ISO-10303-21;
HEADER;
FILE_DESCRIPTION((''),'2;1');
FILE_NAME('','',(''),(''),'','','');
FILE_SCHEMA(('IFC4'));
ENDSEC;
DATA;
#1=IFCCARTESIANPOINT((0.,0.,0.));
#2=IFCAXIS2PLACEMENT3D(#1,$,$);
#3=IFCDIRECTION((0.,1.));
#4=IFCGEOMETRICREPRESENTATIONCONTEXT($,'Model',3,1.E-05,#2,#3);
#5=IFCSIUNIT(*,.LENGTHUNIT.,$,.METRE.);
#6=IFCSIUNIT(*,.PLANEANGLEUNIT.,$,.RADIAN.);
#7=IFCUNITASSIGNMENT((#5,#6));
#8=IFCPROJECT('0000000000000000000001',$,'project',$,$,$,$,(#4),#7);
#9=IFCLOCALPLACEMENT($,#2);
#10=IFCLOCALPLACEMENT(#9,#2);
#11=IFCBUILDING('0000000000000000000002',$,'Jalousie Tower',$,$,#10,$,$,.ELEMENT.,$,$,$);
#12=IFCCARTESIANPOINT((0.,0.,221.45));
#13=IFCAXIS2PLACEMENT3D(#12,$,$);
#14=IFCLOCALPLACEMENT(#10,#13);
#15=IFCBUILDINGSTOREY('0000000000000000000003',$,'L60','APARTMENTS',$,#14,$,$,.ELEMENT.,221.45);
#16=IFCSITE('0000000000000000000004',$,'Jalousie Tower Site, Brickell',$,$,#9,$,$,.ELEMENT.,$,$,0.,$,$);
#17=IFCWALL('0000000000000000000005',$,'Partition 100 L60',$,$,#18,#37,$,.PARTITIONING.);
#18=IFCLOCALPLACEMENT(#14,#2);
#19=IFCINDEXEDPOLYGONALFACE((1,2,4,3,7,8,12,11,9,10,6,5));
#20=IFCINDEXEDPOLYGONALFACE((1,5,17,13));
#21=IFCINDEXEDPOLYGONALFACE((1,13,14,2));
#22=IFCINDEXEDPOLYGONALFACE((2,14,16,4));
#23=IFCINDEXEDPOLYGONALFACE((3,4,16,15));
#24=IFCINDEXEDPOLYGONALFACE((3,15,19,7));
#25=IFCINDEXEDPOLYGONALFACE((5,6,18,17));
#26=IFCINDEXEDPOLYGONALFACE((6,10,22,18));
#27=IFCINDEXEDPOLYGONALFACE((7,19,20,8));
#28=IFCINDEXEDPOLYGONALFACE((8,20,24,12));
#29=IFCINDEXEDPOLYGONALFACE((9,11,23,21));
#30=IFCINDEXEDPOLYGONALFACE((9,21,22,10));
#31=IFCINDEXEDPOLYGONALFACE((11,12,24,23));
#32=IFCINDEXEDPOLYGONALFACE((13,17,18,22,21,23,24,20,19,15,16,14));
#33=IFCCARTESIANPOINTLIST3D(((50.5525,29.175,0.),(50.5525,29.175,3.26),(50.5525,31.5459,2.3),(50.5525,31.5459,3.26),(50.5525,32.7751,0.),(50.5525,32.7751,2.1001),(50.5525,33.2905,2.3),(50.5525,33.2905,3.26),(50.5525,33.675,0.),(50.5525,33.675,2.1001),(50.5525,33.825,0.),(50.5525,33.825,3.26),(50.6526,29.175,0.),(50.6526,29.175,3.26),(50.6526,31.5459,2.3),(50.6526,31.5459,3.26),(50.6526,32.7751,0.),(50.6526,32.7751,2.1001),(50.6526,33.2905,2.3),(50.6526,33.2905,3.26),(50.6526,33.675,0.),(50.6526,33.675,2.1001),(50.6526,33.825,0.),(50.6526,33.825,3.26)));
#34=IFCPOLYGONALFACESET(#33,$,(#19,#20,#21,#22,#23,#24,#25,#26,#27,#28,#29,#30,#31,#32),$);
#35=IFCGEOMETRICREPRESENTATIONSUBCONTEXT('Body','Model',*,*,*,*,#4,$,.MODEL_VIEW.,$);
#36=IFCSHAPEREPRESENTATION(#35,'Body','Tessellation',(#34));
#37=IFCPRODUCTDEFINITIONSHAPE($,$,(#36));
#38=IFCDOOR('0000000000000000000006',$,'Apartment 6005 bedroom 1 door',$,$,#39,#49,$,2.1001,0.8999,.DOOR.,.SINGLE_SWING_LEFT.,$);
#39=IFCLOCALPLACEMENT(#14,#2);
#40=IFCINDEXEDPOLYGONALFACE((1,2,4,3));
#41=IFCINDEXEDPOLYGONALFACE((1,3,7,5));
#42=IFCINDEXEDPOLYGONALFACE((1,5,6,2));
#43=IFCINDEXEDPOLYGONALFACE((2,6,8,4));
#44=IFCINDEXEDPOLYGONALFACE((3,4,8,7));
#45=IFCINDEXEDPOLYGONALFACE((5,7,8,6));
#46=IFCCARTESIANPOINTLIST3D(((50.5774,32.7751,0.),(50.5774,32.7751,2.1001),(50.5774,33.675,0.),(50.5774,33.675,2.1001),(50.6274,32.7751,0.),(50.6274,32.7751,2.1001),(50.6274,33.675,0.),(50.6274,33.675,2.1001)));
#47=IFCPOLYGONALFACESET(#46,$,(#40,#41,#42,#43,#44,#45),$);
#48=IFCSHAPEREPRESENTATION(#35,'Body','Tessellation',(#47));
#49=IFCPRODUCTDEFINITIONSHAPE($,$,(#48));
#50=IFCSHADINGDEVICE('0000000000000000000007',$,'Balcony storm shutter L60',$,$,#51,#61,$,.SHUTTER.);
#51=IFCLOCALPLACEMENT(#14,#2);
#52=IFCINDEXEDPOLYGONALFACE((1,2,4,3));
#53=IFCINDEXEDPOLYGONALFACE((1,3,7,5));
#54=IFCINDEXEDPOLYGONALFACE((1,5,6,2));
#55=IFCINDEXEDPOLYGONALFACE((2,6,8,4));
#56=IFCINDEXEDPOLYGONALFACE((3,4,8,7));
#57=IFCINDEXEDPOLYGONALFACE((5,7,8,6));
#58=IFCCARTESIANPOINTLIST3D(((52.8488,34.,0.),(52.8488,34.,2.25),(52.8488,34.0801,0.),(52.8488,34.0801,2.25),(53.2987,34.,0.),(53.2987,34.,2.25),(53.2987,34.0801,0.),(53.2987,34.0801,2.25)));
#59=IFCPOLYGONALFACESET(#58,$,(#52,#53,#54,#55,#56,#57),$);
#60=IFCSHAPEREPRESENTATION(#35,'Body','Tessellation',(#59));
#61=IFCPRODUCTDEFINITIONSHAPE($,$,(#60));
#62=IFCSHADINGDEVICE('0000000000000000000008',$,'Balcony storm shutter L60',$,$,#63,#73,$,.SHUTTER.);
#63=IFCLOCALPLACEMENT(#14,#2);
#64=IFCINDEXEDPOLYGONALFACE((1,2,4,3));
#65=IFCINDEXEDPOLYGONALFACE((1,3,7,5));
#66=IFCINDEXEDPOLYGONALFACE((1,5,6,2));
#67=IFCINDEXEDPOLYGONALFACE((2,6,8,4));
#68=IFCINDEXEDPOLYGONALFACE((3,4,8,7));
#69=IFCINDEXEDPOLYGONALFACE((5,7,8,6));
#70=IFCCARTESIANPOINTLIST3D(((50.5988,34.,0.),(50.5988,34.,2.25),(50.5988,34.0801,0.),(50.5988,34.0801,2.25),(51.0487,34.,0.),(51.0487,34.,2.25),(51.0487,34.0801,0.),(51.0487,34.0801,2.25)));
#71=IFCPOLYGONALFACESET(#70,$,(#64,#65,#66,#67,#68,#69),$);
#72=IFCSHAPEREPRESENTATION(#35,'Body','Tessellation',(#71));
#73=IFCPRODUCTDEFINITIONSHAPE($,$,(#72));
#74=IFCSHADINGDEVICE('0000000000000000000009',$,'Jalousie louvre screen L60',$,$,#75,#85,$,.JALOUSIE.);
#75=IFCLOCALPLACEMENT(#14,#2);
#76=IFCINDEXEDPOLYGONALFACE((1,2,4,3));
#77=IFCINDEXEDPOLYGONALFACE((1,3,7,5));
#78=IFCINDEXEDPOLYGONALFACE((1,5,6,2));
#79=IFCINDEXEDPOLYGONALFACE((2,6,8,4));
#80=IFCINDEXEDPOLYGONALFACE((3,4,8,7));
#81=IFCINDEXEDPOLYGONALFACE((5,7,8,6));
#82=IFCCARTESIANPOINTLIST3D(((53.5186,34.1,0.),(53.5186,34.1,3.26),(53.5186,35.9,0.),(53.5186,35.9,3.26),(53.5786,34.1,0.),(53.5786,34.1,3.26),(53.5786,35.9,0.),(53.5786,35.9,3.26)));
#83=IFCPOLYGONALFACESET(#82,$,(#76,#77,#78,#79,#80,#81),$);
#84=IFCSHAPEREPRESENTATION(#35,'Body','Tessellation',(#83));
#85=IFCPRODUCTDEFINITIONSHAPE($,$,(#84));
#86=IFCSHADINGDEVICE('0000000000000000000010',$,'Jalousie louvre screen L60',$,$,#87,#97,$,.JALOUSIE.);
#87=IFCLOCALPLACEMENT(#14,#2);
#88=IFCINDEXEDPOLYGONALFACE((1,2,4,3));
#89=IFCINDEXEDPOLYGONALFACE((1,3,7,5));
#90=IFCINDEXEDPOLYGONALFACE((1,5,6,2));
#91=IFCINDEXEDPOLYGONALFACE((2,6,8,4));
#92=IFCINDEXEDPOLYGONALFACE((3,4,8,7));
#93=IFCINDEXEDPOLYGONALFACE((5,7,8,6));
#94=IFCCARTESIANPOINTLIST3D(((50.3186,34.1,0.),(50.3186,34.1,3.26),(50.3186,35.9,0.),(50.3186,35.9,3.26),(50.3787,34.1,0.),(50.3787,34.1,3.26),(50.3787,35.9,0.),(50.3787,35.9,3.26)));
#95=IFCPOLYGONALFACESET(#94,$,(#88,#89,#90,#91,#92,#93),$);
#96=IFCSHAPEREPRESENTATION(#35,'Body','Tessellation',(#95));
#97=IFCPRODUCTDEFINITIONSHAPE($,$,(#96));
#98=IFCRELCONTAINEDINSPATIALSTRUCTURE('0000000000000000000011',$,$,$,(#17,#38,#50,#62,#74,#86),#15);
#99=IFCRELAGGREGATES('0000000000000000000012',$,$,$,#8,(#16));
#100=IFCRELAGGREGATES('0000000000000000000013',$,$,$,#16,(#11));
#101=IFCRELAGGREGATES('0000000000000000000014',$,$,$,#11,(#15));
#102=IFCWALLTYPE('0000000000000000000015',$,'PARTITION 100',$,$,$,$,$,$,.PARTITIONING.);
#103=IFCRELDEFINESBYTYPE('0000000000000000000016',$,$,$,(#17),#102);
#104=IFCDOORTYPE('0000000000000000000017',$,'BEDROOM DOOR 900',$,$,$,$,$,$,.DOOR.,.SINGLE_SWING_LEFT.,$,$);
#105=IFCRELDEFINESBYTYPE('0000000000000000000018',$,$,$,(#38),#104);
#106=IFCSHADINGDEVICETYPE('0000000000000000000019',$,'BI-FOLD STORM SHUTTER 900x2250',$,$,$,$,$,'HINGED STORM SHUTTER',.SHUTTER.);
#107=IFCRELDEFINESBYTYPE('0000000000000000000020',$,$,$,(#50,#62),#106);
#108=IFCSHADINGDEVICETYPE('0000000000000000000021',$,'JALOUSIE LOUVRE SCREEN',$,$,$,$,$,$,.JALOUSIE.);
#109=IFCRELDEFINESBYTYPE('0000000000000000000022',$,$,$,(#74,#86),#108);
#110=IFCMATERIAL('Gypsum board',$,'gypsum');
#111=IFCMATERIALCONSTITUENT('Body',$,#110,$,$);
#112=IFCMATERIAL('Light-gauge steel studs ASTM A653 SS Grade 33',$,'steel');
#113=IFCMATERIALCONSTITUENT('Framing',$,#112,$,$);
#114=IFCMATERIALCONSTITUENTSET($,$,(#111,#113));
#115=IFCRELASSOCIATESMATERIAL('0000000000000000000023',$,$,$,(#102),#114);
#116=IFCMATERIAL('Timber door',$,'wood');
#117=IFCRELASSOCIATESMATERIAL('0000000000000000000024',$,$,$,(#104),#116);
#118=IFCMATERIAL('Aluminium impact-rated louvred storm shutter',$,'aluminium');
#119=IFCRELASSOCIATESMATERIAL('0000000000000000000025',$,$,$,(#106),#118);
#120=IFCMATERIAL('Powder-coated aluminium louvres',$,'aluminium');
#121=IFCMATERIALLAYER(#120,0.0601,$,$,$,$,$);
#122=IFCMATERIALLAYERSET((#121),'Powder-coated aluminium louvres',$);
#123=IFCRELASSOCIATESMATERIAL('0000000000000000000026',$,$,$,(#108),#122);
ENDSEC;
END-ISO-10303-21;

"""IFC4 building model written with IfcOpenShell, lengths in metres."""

from ifc_helpers import new_model, si_unit, direction, frame, frame_2d, origin, origin_2d, place, context, subcontext, project, spatial, polyline, rectangle, outline, extrude, material, layer, layer_set, constituent, constituent_set, type_object, element, fill, save


model = new_model("IFC4")

# Units and contexts
model_context = context("Model", 3, precision=1e-05, world=origin(), true_north=direction((0.0, 1.0)))
body_context = subcontext(model_context, "Body", "Model", "MODEL_VIEW")
ifc_project = project(units=[si_unit("LENGTHUNIT", "METRE"), si_unit("PLANEANGLEUNIT", "RADIAN")], contexts=[model_context])

# Site, building, storey
site_placement = place(None, origin())
site = spatial("IfcSite", under=ifc_project, at=site_placement, Name="Jalousie Tower Site, Brickell", CompositionType="ELEMENT", RefElevation=0.0)
building_placement = place(site_placement, origin())
building = spatial("IfcBuilding", under=site, at=building_placement, Name="Jalousie Tower", CompositionType="ELEMENT")
storey_placement = place(building_placement, frame((0.0, 0.0, 221.45)))
storey = spatial("IfcBuildingStorey", under=building, at=storey_placement, Name="L60", Description="APARTMENTS", CompositionType="ELEMENT", Elevation=221.45)

# Wall, opening, door
ifc_material_1 = material(Name="Gypsum board", Category="gypsum")
ifc_constituent_1 = constituent(ifc_material_1, Name="Body")
ifc_material_2 = material(Name="Light-gauge steel studs ASTM A653 SS Grade 33", Category="steel")
ifc_constituent_2 = constituent(ifc_material_2, Name="Framing")
ifc_constituent_set_1 = constituent_set(constituents=[ifc_constituent_1, ifc_constituent_2])
wall_type_1 = type_object("IfcWallType", Name="PARTITION 100", PredefinedType="PARTITIONING", material=ifc_constituent_set_1)
wall_1_placement = place(storey_placement, frame((50.6025, 33.825, 0.0), z_axis=(0.0, 0.0, 1.0), x_axis=(0.0, -1.0, 0.0)))
wall_1 = element("IfcWall", 1, at=wall_1_placement, inside=storey, type_object=wall_type_1, Name="Partition 100 L60", PredefinedType="PARTITIONING", context=body_context, shape_type="SweptSolid", body=[
    extrude(outline(polyline([(0.0, 0.0), (4.6499, 0.0), (4.6499, 3.26), (2.2791, 3.26), (2.2791, 2.3), (0.5344, 2.3), (0.5344, 3.26), (0.0, 3.26), (0.0, 0.0)])), frame((0.0, 0.05, 0.0), z_axis=(0.0, -1.0, 0.0), x_axis=(1.0, 0.0, 0.0)), (0.0, 0.0, 1.0), 0.1001),
])
opening_1_placement = place(wall_1_placement, frame((0.1499, 0.0, 0.0)))
opening_1 = element("IfcOpeningElement", 2, at=opening_1_placement, cuts=wall_1, PredefinedType="OPENING", context=body_context, shape_type="SweptSolid", body=[
    extrude(rectangle(XDim=0.8999, YDim=2.1001, at=frame_2d((0.45, 1.05))), frame((0.0, 0.0601, 0.0), z_axis=(0.0, -1.0, 0.0), x_axis=(1.0, 0.0, 0.0)), (0.0, 0.0, 1.0), 0.1201),
])
ifc_material_3 = material(Name="Timber door", Category="wood")
door_type_1 = type_object("IfcDoorType", Name="BEDROOM DOOR 900", OperationType="SINGLE_SWING_LEFT", PredefinedType="DOOR", material=ifc_material_3)
door_1_placement = place(opening_1_placement, origin())
door_1 = element("IfcDoor", 3, at=door_1_placement, inside=storey, type_object=door_type_1, Name="Apartment 6005 bedroom 1 door", OperationType="SINGLE_SWING_LEFT", OverallHeight=2.1001, OverallWidth=0.8999, PredefinedType="DOOR", context=body_context, shape_type="SweptSolid", body=[
    extrude(rectangle(XDim=0.8999, YDim=2.1001, at=frame_2d((0.45, 1.05))), frame((0.0, 0.0249, 0.0), z_axis=(0.0, -1.0, 0.0), x_axis=(1.0, 0.0, 0.0)), (0.0, 0.0, 1.0), 0.05),
])
fill(opening_1, door_1)

# Shading devices
ifc_material_4 = material(Name="Aluminium impact-rated louvred storm shutter", Category="aluminium")
shading_device_type_1 = type_object("IfcShadingDeviceType", Name="BI-FOLD STORM SHUTTER 900x2250", ElementType="HINGED STORM SHUTTER", PredefinedType="SHUTTER", material=ifc_material_4)
for number, where, z_axis, x_axis, name in (
    (4, (53.0737, 34.04, 0.0), (0.0, 0.0, 1.0), (-1.0, 0.0, 0.0), "Balcony storm shutter L60"),
    (5, (50.8237, 34.04, 0.0), (0.0, 0.0, 1.0), (-1.0, 0.0, 0.0), "Balcony storm shutter L60"),
):
    element("IfcShadingDevice", number, at=place(storey_placement, frame(where, z_axis=z_axis, x_axis=x_axis)), inside=storey, type_object=shading_device_type_1, Name=name, PredefinedType="SHUTTER", context=body_context, shape_type="SweptSolid", body=[
        extrude(rectangle(XDim=0.45, YDim=0.0801, at=origin_2d()), origin(), (0.0, 0.0, 1.0), 2.25),
    ])

# Shading devices
ifc_material_5 = material(Name="Powder-coated aluminium louvres", Category="aluminium")
ifc_layer = layer(ifc_material_5, 0.0601)
ifc_layer_set = layer_set([ifc_layer], Name="Powder-coated aluminium louvres")
shading_device_type_2 = type_object("IfcShadingDeviceType", Name="JALOUSIE LOUVRE SCREEN", PredefinedType="JALOUSIE", material=ifc_layer_set)
for number, where, z_axis, x_axis, name in (
    (6, (53.5486, 35.0, 0.0), (0.0, 0.0, 1.0), (-1.0, 0.0, 0.0), "Jalousie louvre screen L60"),
    (7, (50.3486, 35.0, 0.0), (0.0, 0.0, 1.0), (-1.0, 0.0, 0.0), "Jalousie louvre screen L60"),
):
    element("IfcShadingDevice", number, at=place(storey_placement, frame(where, z_axis=z_axis, x_axis=x_axis)), inside=storey, type_object=shading_device_type_2, Name=name, PredefinedType="JALOUSIE", context=body_context, shape_type="SweptSolid", body=[
        extrude(rectangle(XDim=0.0601, YDim=1.8, at=origin_2d()), origin(), (0.0, 0.0, 1.0), 3.26),
    ])

save(model, "model.ifc")
